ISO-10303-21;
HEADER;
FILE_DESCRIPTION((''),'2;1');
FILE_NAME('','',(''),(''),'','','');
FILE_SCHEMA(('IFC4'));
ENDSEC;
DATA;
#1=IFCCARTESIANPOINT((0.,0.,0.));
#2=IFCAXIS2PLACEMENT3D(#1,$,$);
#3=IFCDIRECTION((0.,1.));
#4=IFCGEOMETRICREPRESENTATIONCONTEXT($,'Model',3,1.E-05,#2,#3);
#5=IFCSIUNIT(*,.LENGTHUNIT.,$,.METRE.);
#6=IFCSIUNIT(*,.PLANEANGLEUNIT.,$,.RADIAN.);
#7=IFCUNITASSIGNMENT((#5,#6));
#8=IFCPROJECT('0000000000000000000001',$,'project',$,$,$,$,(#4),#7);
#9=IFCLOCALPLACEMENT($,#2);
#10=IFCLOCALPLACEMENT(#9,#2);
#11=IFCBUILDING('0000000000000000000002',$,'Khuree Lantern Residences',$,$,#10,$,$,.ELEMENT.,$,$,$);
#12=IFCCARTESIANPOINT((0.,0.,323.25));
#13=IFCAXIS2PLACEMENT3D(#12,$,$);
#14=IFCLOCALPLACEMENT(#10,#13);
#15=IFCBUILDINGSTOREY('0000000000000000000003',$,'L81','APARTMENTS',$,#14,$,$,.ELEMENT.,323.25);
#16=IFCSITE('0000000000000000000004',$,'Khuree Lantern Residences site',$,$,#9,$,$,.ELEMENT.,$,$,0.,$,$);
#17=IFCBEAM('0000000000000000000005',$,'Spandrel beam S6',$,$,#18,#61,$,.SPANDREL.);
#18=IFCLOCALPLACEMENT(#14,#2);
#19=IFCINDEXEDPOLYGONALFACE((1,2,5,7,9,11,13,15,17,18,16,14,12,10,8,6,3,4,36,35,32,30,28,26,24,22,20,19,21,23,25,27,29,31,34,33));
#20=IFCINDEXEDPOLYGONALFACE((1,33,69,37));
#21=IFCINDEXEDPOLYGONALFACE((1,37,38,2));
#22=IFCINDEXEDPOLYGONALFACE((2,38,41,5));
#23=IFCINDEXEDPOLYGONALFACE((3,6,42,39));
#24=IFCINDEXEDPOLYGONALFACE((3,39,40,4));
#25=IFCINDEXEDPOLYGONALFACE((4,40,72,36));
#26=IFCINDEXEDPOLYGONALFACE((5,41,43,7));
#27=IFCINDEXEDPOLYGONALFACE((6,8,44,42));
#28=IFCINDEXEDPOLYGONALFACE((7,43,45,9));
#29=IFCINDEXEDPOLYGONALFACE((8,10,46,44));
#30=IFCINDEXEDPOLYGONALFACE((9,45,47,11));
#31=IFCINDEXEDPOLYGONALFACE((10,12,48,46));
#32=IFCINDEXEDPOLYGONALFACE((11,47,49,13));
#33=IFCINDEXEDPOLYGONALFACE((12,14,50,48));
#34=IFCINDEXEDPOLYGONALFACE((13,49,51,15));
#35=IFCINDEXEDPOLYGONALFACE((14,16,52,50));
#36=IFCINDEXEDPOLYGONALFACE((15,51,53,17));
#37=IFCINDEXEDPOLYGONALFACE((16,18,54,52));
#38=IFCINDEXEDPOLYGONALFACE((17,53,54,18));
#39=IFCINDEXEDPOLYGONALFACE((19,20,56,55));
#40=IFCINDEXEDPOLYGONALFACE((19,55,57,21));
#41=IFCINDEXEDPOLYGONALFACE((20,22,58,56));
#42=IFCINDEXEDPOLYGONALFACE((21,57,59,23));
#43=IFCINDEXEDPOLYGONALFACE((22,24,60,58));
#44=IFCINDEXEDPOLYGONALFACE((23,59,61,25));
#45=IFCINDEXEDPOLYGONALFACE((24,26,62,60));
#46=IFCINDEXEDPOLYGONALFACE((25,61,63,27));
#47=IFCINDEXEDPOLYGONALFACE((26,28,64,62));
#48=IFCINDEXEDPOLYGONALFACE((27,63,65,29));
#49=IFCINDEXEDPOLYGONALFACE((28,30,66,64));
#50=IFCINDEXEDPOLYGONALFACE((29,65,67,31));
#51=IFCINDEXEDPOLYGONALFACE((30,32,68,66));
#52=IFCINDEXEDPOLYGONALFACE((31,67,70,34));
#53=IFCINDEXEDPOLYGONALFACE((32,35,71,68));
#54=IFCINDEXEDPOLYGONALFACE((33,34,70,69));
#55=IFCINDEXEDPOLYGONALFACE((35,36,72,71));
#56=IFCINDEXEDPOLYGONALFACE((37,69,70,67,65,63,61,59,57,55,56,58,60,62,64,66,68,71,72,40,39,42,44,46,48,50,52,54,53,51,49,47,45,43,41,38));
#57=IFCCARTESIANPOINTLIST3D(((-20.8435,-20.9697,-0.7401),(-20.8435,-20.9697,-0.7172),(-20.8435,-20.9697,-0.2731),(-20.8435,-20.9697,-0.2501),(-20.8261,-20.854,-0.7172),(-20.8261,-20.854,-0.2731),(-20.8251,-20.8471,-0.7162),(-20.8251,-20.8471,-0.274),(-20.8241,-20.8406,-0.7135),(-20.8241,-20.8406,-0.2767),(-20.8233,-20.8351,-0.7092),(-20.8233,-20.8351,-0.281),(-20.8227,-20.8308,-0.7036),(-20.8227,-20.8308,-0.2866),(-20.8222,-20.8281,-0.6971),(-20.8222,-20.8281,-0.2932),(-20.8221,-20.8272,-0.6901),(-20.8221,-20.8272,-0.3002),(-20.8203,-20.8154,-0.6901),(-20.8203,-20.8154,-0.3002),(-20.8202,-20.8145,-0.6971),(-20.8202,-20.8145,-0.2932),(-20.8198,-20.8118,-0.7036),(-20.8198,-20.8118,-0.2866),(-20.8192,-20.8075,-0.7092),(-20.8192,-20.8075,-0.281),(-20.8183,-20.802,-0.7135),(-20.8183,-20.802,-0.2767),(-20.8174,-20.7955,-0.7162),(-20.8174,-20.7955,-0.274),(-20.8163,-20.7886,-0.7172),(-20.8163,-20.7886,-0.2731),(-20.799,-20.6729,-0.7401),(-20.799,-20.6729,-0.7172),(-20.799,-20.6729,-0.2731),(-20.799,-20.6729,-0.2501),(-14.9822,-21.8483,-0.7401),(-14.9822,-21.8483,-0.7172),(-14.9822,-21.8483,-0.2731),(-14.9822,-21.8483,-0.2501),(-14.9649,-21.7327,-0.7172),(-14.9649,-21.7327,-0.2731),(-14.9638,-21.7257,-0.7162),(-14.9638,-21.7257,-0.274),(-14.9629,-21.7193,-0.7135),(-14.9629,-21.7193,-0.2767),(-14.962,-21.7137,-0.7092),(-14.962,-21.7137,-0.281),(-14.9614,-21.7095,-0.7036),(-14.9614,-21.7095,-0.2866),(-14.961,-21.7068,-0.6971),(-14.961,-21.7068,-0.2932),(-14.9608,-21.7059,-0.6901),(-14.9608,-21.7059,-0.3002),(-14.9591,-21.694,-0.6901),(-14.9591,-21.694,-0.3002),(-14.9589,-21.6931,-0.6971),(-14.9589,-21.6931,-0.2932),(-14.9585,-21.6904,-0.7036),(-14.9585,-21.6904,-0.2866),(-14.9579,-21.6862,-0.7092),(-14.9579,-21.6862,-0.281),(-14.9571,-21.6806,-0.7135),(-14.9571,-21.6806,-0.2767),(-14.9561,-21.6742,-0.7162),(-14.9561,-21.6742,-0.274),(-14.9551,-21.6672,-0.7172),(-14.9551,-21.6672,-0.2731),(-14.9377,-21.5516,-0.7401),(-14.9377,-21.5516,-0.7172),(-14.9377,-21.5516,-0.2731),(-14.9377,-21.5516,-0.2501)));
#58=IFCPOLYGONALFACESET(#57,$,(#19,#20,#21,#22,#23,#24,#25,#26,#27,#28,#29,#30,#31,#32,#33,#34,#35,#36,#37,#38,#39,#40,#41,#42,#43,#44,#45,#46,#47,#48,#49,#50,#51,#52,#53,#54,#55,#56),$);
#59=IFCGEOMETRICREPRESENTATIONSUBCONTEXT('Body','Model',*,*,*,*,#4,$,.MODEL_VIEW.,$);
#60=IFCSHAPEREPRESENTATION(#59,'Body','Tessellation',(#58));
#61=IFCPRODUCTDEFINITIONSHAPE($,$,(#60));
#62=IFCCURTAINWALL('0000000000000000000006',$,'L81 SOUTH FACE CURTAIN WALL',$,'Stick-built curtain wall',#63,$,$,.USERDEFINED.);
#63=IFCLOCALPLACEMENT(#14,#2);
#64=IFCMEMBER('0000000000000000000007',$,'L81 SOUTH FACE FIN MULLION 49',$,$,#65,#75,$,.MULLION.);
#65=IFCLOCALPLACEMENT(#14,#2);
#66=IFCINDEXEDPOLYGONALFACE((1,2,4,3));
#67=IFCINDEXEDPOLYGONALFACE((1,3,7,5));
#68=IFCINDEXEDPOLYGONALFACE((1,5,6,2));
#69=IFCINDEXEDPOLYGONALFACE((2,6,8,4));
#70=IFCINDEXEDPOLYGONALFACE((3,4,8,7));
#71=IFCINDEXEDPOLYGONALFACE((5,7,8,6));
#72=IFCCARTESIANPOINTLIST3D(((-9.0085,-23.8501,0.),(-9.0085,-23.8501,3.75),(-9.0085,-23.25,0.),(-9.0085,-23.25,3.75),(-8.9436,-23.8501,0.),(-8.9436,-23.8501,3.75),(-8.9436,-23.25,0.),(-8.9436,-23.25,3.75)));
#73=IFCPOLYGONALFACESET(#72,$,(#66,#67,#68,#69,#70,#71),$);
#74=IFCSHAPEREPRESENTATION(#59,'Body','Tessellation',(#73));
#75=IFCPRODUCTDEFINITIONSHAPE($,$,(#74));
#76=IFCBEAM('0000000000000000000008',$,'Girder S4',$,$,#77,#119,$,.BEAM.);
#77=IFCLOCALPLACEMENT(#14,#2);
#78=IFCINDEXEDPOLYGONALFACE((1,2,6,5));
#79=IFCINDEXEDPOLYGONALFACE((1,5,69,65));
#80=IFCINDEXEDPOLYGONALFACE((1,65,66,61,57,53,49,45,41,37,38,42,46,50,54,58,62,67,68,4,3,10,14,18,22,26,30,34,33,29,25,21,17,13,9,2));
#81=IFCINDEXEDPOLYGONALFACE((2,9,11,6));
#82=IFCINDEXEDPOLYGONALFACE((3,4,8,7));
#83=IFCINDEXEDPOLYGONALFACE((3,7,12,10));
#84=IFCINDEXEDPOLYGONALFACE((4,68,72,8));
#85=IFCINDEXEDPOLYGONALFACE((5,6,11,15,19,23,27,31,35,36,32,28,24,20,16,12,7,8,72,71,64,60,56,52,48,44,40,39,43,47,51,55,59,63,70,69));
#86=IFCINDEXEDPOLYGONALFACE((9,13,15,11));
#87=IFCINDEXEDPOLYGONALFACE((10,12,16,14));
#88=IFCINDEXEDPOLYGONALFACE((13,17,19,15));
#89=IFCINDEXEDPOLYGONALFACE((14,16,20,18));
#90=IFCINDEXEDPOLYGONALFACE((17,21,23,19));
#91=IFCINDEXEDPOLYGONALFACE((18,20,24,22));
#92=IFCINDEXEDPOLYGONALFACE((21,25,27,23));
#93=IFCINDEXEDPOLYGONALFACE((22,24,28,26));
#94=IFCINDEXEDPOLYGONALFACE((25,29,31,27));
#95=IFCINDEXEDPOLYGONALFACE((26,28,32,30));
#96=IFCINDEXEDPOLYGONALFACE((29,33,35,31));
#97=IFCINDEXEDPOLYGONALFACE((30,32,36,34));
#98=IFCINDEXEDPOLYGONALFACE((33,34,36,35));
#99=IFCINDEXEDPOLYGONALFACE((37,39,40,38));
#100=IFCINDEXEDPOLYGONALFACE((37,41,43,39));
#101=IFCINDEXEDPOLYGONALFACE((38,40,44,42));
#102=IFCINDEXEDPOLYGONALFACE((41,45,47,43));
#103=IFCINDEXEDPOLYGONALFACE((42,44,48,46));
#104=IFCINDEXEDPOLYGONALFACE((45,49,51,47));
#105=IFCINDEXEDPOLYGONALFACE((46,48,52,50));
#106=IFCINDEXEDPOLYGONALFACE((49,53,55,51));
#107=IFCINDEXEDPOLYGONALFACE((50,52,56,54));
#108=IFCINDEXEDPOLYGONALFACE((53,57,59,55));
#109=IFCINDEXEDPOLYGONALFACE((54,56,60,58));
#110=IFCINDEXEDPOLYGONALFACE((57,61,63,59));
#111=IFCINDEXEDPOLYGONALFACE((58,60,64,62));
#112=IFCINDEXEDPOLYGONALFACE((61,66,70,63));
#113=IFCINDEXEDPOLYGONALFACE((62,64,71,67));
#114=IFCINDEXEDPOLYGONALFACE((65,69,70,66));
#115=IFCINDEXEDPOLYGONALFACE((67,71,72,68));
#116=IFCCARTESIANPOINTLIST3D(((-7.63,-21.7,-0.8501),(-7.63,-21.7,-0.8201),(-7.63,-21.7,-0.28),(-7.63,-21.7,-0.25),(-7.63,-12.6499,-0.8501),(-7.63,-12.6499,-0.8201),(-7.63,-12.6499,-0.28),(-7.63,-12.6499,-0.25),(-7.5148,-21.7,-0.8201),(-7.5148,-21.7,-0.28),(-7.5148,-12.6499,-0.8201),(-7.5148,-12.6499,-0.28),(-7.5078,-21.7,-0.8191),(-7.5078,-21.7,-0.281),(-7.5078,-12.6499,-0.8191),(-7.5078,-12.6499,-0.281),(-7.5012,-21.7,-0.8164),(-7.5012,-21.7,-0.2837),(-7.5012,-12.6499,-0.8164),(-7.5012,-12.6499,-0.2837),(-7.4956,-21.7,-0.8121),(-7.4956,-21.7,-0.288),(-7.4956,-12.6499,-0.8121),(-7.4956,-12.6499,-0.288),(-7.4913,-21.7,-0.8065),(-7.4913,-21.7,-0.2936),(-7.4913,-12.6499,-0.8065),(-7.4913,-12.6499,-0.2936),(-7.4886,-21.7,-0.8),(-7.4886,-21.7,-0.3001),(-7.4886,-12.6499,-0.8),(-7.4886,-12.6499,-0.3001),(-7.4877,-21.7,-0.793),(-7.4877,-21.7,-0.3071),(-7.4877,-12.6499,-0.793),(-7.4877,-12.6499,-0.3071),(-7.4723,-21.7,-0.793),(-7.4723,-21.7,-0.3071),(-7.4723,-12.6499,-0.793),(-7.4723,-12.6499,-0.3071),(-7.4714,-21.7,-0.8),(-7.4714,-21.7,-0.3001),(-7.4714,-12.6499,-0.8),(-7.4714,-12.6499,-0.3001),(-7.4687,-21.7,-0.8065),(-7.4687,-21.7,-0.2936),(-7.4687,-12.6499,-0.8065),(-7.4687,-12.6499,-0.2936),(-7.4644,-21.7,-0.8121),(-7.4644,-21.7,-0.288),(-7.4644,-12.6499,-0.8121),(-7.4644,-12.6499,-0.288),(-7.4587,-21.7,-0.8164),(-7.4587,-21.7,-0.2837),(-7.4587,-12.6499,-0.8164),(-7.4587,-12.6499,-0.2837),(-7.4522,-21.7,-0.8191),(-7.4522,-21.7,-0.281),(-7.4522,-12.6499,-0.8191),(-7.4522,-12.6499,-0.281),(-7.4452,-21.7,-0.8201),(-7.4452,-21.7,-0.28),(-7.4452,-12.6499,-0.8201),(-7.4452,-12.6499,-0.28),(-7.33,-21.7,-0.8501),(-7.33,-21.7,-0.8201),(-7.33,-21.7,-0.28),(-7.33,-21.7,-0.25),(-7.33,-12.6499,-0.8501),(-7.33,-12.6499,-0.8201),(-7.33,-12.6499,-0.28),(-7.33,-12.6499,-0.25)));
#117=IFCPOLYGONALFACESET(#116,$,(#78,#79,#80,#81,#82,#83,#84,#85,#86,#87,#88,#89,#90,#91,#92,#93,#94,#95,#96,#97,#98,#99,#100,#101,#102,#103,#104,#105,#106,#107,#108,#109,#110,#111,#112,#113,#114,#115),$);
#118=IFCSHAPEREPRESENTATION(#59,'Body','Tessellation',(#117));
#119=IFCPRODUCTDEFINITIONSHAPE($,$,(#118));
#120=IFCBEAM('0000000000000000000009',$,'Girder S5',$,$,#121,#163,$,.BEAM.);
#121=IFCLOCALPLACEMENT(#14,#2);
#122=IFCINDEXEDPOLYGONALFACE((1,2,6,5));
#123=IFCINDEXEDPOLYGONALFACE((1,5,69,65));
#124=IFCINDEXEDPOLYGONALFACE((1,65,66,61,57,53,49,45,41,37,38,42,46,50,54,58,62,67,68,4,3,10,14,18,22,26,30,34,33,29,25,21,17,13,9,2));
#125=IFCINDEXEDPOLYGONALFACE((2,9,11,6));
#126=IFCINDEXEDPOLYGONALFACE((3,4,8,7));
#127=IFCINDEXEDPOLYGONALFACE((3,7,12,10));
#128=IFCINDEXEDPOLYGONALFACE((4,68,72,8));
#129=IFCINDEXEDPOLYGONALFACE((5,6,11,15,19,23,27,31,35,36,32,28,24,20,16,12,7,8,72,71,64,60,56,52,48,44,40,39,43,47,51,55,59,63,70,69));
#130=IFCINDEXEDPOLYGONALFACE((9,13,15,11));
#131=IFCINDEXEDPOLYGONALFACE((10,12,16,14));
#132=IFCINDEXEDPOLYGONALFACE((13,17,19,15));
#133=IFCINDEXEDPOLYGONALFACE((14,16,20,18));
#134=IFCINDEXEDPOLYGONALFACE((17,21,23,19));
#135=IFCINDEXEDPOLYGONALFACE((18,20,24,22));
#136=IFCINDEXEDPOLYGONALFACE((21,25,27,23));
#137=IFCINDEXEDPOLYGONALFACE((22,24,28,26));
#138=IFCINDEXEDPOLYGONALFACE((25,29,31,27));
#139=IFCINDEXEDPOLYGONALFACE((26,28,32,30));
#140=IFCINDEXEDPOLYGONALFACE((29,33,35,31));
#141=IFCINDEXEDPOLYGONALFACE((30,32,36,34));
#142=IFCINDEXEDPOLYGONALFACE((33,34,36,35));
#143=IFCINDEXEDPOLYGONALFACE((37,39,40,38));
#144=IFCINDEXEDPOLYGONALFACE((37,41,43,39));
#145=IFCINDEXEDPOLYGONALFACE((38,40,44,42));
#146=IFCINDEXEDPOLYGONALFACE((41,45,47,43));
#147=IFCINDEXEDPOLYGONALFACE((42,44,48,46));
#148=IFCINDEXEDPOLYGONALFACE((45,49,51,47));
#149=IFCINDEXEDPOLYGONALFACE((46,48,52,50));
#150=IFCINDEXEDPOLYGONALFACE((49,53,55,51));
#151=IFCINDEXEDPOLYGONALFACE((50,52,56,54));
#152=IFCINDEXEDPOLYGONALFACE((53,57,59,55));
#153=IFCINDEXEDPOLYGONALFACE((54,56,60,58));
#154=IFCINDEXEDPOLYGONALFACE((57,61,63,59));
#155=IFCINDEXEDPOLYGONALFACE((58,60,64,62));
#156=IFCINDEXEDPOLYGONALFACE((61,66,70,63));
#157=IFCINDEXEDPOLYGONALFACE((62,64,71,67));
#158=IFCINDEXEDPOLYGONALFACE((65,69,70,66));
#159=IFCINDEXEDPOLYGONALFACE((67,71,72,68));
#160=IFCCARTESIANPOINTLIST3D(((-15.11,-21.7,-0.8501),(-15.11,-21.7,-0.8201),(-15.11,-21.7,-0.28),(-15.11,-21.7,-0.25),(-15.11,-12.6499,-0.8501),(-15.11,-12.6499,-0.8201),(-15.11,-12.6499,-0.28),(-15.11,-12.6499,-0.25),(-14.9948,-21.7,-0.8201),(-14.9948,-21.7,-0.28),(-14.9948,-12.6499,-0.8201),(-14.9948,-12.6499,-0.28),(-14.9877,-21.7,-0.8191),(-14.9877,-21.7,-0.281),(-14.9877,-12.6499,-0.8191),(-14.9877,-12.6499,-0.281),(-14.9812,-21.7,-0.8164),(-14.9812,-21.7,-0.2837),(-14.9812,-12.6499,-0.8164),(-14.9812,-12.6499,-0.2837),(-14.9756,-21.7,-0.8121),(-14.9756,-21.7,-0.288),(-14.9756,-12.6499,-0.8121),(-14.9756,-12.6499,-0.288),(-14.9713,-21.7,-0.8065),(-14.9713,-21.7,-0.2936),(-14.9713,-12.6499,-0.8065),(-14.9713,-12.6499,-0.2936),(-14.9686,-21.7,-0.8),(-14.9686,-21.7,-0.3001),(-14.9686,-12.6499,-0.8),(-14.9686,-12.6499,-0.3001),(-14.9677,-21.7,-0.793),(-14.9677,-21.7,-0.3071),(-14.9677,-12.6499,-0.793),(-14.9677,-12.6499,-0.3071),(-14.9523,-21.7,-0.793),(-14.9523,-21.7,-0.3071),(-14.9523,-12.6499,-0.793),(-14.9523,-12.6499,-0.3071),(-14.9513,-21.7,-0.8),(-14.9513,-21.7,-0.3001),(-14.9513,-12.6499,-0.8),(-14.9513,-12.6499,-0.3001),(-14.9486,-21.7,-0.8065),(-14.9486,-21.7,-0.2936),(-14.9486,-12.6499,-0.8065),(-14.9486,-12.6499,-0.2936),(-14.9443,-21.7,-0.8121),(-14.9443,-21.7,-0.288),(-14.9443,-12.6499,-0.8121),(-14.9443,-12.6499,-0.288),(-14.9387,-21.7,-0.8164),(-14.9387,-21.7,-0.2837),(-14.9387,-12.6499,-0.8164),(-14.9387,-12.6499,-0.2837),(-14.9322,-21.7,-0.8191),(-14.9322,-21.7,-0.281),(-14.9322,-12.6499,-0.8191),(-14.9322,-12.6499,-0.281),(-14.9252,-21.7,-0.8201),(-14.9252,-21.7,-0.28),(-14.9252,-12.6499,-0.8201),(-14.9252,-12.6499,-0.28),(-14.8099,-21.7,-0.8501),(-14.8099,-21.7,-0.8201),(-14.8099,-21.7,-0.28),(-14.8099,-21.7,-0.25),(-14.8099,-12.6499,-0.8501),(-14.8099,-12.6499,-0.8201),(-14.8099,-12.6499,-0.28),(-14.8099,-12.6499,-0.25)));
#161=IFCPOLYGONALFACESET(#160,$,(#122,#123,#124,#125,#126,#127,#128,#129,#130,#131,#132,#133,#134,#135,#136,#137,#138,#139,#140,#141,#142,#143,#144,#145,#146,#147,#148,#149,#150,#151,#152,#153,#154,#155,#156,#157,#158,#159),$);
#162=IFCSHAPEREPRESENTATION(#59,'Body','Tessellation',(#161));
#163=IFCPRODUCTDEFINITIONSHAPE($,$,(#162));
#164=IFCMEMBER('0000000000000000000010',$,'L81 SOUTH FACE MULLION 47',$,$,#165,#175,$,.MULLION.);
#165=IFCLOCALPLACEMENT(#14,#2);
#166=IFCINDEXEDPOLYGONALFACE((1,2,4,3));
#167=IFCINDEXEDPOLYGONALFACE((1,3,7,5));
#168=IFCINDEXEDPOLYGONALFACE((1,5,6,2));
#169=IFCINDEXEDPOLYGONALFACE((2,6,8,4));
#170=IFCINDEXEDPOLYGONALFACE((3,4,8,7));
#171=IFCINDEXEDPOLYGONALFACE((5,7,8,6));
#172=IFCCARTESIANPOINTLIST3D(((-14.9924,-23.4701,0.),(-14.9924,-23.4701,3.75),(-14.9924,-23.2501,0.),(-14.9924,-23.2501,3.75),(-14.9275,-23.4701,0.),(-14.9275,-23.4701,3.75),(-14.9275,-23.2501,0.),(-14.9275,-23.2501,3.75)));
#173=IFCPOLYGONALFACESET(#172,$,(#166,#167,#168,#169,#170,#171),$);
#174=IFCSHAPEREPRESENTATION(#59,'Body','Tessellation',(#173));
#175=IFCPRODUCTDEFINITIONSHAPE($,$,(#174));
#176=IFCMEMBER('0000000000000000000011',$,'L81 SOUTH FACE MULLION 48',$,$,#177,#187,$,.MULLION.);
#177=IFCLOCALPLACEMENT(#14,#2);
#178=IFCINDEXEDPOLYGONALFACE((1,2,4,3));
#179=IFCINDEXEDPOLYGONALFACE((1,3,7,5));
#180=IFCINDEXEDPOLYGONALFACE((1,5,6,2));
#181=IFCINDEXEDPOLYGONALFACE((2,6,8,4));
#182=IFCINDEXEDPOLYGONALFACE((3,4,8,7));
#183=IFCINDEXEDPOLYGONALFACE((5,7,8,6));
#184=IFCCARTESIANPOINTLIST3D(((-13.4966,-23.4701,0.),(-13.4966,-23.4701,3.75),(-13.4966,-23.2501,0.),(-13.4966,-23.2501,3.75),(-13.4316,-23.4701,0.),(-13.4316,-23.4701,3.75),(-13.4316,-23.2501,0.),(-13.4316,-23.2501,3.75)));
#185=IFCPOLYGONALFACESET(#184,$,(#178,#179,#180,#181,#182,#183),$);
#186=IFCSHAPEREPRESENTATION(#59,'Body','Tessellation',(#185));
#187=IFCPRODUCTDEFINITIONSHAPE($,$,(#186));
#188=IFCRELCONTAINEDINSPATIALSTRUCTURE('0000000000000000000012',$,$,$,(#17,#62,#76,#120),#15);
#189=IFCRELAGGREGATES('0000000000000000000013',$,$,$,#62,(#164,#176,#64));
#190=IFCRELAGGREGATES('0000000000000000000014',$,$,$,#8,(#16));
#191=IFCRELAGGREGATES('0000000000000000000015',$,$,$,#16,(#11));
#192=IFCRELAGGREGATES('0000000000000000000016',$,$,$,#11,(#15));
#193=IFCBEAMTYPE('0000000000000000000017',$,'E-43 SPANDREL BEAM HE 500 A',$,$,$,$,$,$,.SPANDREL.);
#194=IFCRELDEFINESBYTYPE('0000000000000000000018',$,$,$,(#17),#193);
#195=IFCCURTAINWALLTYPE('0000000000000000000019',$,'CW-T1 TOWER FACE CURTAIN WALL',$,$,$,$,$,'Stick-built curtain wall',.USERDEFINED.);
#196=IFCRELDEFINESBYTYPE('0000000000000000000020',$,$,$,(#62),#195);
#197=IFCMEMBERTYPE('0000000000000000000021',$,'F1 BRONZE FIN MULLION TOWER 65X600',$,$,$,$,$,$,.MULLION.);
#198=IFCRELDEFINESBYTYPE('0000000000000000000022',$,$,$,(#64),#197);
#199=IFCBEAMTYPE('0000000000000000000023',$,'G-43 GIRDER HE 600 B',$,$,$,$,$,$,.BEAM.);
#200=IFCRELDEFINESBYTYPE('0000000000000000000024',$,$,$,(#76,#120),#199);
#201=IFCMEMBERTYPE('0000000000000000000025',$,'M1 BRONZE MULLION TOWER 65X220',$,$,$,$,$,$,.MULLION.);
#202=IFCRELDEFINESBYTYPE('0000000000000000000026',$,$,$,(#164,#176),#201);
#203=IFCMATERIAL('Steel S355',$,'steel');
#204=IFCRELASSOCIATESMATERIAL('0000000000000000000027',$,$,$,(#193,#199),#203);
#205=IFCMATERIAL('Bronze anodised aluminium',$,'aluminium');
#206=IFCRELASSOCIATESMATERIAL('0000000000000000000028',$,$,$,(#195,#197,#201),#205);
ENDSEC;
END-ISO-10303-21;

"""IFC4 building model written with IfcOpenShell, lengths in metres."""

from ifc_helpers import new_model, si_unit, direction, frame, origin, origin_2d, place, context, subcontext, project, spatial, rectangle, i_section, extrude, material, material_profile, profile_set, type_object, element, aggregate, save


model = new_model("IFC4")

# Units and contexts
model_context = context("Model", 3, precision=1e-05, world=origin(), true_north=direction((0.0, 1.0)))
body_context = subcontext(model_context, "Body", "Model", "MODEL_VIEW")
ifc_project = project(units=[si_unit("LENGTHUNIT", "METRE"), si_unit("PLANEANGLEUNIT", "RADIAN")], contexts=[model_context])

# Site, building, storey
site_placement = place(None, origin())
site = spatial("IfcSite", under=ifc_project, at=site_placement, Name="Khuree Lantern Residences site", CompositionType="ELEMENT", RefElevation=0.0)
building_placement = place(site_placement, origin())
building = spatial("IfcBuilding", under=site, at=building_placement, Name="Khuree Lantern Residences", CompositionType="ELEMENT")
storey_placement = place(building_placement, frame((0.0, 0.0, 323.25)))
storey = spatial("IfcBuildingStorey", under=building, at=storey_placement, Name="L81", Description="APARTMENTS", CompositionType="ELEMENT", Elevation=323.25)

# Beam
ifc_material_1 = material(Name="Steel S355", Category="steel")
ifc_material_profile_1 = material_profile(ifc_material_1, i_section(OverallWidth=0.3, OverallDepth=0.49, WebThickness=0.012, FlangeThickness=0.0229, FilletRadius=0.0271, at=origin_2d()), Name="HE 500 A")
ifc_profile_set_1 = profile_set([ifc_material_profile_1], Name="Steel S355")
beam_type_1 = type_object("IfcBeamType", Name="E-43 SPANDREL BEAM HE 500 A", PredefinedType="SPANDREL", material=ifc_profile_set_1)
beam_1_placement = place(storey_placement, frame((-14.96, -21.7, -0.4951), z_axis=(-0.98895, 0.148252, 0.0), x_axis=(-0.148252, -0.98895, 0.0)))
element("IfcBeam", 1, at=beam_1_placement, inside=storey, type_object=beam_type_1, Name="Spandrel beam S6", PredefinedType="SPANDREL", context=body_context, shape_type="SweptSolid", body=[
    extrude(i_section(OverallWidth=0.3, OverallDepth=0.49, WebThickness=0.012, FlangeThickness=0.0229, FilletRadius=0.0271, at=origin_2d()), origin(), (0.0, 0.0, 1.0), 5.9268),
])

# Curtain wall, member
ifc_material_2 = material(Name="Bronze anodised aluminium", Category="aluminium")
curtain_wall_type = type_object("IfcCurtainWallType", Name="CW-T1 TOWER FACE CURTAIN WALL", ElementType="Stick-built curtain wall", PredefinedType="USERDEFINED", material=ifc_material_2)
curtain_wall_placement = place(storey_placement, origin())
curtain_wall = element("IfcCurtainWall", 2, at=curtain_wall_placement, inside=storey, type_object=curtain_wall_type, Name="L81 SOUTH FACE CURTAIN WALL", ObjectType="Stick-built curtain wall", PredefinedType="USERDEFINED")
ifc_material_profile_2 = material_profile(ifc_material_2, rectangle(XDim=0.0649, YDim=0.6001, at=origin_2d()), Name="F1 65X600")
ifc_profile_set_2 = profile_set([ifc_material_profile_2], Name="Bronze anodised aluminium")
member_type_1 = type_object("IfcMemberType", Name="F1 BRONZE FIN MULLION TOWER 65X600", PredefinedType="MULLION", material=ifc_profile_set_2)
member_1_placement = place(storey_placement, frame((-8.9761, -23.55, 0.0), z_axis=(0.0, 0.0, 1.0), x_axis=(1.0, 0.0, 0.0)))
member_1 = element("IfcMember", 3, at=member_1_placement, type_object=member_type_1, Name="L81 SOUTH FACE FIN MULLION 49", PredefinedType="MULLION", context=body_context, shape_type="SweptSolid", body=[
    extrude(rectangle(XDim=0.0649, YDim=0.6001, at=origin_2d()), origin(), (0.0, 0.0, 1.0), 3.75),
])

# Beams
ifc_material_profile_3 = material_profile(ifc_material_1, i_section(OverallWidth=0.3, OverallDepth=0.6001, WebThickness=0.0154, FlangeThickness=0.03, FilletRadius=0.0271, at=origin_2d()), Name="HE 600 B")
ifc_profile_set_3 = profile_set([ifc_material_profile_3], Name="Steel S355")
beam_type_2 = type_object("IfcBeamType", Name="G-43 GIRDER HE 600 B", PredefinedType="BEAM", material=ifc_profile_set_3)
for number, where, z_axis, x_axis, name in (
    (4, (-7.48, -21.7, -0.55), (0.0, 1.0, 0.0), (-1.0, 0.0, 0.0), "Girder S4"),
    (5, (-14.96, -21.7, -0.55), (0.0, 1.0, 0.0), (-1.0, 0.0, 0.0), "Girder S5"),
):
    element("IfcBeam", number, at=place(storey_placement, frame(where, z_axis=z_axis, x_axis=x_axis)), inside=storey, type_object=beam_type_2, Name=name, PredefinedType="BEAM", context=body_context, shape_type="SweptSolid", body=[
        extrude(i_section(OverallWidth=0.3, OverallDepth=0.6001, WebThickness=0.0154, FlangeThickness=0.03, FilletRadius=0.0271, at=origin_2d()), origin(), (0.0, 0.0, 1.0), 9.05),
    ])

# Members
ifc_material_profile_4 = material_profile(ifc_material_2, rectangle(XDim=0.0649, YDim=0.22, at=origin_2d()), Name="M1 65X220")
ifc_profile_set_4 = profile_set([ifc_material_profile_4], Name="Bronze anodised aluminium")
member_type_2 = type_object("IfcMemberType", Name="M1 BRONZE MULLION TOWER 65X220", PredefinedType="MULLION", material=ifc_profile_set_4)
member_2_placement = place(storey_placement, frame((-14.96, -23.3601, 0.0), z_axis=(0.0, 0.0, 1.0), x_axis=(1.0, 0.0, 0.0)))
member_2 = element("IfcMember", 6, at=member_2_placement, type_object=member_type_2, Name="L81 SOUTH FACE MULLION 47", PredefinedType="MULLION", context=body_context, shape_type="SweptSolid", body=[
    extrude(rectangle(XDim=0.0649, YDim=0.22, at=origin_2d()), origin(), (0.0, 0.0, 1.0), 3.75),
])
member_3_placement = place(storey_placement, frame((-13.4641, -23.3601, 0.0), z_axis=(0.0, 0.0, 1.0), x_axis=(1.0, 0.0, 0.0)))
member_3 = element("IfcMember", 7, at=member_3_placement, type_object=member_type_2, Name="L81 SOUTH FACE MULLION 48", PredefinedType="MULLION", context=body_context, shape_type="SweptSolid", body=[
    extrude(rectangle(XDim=0.0649, YDim=0.22, at=origin_2d()), origin(), (0.0, 0.0, 1.0), 3.75),
])

aggregate(curtain_wall, [member_2, member_3, member_1])

save(model, "model.ifc")
